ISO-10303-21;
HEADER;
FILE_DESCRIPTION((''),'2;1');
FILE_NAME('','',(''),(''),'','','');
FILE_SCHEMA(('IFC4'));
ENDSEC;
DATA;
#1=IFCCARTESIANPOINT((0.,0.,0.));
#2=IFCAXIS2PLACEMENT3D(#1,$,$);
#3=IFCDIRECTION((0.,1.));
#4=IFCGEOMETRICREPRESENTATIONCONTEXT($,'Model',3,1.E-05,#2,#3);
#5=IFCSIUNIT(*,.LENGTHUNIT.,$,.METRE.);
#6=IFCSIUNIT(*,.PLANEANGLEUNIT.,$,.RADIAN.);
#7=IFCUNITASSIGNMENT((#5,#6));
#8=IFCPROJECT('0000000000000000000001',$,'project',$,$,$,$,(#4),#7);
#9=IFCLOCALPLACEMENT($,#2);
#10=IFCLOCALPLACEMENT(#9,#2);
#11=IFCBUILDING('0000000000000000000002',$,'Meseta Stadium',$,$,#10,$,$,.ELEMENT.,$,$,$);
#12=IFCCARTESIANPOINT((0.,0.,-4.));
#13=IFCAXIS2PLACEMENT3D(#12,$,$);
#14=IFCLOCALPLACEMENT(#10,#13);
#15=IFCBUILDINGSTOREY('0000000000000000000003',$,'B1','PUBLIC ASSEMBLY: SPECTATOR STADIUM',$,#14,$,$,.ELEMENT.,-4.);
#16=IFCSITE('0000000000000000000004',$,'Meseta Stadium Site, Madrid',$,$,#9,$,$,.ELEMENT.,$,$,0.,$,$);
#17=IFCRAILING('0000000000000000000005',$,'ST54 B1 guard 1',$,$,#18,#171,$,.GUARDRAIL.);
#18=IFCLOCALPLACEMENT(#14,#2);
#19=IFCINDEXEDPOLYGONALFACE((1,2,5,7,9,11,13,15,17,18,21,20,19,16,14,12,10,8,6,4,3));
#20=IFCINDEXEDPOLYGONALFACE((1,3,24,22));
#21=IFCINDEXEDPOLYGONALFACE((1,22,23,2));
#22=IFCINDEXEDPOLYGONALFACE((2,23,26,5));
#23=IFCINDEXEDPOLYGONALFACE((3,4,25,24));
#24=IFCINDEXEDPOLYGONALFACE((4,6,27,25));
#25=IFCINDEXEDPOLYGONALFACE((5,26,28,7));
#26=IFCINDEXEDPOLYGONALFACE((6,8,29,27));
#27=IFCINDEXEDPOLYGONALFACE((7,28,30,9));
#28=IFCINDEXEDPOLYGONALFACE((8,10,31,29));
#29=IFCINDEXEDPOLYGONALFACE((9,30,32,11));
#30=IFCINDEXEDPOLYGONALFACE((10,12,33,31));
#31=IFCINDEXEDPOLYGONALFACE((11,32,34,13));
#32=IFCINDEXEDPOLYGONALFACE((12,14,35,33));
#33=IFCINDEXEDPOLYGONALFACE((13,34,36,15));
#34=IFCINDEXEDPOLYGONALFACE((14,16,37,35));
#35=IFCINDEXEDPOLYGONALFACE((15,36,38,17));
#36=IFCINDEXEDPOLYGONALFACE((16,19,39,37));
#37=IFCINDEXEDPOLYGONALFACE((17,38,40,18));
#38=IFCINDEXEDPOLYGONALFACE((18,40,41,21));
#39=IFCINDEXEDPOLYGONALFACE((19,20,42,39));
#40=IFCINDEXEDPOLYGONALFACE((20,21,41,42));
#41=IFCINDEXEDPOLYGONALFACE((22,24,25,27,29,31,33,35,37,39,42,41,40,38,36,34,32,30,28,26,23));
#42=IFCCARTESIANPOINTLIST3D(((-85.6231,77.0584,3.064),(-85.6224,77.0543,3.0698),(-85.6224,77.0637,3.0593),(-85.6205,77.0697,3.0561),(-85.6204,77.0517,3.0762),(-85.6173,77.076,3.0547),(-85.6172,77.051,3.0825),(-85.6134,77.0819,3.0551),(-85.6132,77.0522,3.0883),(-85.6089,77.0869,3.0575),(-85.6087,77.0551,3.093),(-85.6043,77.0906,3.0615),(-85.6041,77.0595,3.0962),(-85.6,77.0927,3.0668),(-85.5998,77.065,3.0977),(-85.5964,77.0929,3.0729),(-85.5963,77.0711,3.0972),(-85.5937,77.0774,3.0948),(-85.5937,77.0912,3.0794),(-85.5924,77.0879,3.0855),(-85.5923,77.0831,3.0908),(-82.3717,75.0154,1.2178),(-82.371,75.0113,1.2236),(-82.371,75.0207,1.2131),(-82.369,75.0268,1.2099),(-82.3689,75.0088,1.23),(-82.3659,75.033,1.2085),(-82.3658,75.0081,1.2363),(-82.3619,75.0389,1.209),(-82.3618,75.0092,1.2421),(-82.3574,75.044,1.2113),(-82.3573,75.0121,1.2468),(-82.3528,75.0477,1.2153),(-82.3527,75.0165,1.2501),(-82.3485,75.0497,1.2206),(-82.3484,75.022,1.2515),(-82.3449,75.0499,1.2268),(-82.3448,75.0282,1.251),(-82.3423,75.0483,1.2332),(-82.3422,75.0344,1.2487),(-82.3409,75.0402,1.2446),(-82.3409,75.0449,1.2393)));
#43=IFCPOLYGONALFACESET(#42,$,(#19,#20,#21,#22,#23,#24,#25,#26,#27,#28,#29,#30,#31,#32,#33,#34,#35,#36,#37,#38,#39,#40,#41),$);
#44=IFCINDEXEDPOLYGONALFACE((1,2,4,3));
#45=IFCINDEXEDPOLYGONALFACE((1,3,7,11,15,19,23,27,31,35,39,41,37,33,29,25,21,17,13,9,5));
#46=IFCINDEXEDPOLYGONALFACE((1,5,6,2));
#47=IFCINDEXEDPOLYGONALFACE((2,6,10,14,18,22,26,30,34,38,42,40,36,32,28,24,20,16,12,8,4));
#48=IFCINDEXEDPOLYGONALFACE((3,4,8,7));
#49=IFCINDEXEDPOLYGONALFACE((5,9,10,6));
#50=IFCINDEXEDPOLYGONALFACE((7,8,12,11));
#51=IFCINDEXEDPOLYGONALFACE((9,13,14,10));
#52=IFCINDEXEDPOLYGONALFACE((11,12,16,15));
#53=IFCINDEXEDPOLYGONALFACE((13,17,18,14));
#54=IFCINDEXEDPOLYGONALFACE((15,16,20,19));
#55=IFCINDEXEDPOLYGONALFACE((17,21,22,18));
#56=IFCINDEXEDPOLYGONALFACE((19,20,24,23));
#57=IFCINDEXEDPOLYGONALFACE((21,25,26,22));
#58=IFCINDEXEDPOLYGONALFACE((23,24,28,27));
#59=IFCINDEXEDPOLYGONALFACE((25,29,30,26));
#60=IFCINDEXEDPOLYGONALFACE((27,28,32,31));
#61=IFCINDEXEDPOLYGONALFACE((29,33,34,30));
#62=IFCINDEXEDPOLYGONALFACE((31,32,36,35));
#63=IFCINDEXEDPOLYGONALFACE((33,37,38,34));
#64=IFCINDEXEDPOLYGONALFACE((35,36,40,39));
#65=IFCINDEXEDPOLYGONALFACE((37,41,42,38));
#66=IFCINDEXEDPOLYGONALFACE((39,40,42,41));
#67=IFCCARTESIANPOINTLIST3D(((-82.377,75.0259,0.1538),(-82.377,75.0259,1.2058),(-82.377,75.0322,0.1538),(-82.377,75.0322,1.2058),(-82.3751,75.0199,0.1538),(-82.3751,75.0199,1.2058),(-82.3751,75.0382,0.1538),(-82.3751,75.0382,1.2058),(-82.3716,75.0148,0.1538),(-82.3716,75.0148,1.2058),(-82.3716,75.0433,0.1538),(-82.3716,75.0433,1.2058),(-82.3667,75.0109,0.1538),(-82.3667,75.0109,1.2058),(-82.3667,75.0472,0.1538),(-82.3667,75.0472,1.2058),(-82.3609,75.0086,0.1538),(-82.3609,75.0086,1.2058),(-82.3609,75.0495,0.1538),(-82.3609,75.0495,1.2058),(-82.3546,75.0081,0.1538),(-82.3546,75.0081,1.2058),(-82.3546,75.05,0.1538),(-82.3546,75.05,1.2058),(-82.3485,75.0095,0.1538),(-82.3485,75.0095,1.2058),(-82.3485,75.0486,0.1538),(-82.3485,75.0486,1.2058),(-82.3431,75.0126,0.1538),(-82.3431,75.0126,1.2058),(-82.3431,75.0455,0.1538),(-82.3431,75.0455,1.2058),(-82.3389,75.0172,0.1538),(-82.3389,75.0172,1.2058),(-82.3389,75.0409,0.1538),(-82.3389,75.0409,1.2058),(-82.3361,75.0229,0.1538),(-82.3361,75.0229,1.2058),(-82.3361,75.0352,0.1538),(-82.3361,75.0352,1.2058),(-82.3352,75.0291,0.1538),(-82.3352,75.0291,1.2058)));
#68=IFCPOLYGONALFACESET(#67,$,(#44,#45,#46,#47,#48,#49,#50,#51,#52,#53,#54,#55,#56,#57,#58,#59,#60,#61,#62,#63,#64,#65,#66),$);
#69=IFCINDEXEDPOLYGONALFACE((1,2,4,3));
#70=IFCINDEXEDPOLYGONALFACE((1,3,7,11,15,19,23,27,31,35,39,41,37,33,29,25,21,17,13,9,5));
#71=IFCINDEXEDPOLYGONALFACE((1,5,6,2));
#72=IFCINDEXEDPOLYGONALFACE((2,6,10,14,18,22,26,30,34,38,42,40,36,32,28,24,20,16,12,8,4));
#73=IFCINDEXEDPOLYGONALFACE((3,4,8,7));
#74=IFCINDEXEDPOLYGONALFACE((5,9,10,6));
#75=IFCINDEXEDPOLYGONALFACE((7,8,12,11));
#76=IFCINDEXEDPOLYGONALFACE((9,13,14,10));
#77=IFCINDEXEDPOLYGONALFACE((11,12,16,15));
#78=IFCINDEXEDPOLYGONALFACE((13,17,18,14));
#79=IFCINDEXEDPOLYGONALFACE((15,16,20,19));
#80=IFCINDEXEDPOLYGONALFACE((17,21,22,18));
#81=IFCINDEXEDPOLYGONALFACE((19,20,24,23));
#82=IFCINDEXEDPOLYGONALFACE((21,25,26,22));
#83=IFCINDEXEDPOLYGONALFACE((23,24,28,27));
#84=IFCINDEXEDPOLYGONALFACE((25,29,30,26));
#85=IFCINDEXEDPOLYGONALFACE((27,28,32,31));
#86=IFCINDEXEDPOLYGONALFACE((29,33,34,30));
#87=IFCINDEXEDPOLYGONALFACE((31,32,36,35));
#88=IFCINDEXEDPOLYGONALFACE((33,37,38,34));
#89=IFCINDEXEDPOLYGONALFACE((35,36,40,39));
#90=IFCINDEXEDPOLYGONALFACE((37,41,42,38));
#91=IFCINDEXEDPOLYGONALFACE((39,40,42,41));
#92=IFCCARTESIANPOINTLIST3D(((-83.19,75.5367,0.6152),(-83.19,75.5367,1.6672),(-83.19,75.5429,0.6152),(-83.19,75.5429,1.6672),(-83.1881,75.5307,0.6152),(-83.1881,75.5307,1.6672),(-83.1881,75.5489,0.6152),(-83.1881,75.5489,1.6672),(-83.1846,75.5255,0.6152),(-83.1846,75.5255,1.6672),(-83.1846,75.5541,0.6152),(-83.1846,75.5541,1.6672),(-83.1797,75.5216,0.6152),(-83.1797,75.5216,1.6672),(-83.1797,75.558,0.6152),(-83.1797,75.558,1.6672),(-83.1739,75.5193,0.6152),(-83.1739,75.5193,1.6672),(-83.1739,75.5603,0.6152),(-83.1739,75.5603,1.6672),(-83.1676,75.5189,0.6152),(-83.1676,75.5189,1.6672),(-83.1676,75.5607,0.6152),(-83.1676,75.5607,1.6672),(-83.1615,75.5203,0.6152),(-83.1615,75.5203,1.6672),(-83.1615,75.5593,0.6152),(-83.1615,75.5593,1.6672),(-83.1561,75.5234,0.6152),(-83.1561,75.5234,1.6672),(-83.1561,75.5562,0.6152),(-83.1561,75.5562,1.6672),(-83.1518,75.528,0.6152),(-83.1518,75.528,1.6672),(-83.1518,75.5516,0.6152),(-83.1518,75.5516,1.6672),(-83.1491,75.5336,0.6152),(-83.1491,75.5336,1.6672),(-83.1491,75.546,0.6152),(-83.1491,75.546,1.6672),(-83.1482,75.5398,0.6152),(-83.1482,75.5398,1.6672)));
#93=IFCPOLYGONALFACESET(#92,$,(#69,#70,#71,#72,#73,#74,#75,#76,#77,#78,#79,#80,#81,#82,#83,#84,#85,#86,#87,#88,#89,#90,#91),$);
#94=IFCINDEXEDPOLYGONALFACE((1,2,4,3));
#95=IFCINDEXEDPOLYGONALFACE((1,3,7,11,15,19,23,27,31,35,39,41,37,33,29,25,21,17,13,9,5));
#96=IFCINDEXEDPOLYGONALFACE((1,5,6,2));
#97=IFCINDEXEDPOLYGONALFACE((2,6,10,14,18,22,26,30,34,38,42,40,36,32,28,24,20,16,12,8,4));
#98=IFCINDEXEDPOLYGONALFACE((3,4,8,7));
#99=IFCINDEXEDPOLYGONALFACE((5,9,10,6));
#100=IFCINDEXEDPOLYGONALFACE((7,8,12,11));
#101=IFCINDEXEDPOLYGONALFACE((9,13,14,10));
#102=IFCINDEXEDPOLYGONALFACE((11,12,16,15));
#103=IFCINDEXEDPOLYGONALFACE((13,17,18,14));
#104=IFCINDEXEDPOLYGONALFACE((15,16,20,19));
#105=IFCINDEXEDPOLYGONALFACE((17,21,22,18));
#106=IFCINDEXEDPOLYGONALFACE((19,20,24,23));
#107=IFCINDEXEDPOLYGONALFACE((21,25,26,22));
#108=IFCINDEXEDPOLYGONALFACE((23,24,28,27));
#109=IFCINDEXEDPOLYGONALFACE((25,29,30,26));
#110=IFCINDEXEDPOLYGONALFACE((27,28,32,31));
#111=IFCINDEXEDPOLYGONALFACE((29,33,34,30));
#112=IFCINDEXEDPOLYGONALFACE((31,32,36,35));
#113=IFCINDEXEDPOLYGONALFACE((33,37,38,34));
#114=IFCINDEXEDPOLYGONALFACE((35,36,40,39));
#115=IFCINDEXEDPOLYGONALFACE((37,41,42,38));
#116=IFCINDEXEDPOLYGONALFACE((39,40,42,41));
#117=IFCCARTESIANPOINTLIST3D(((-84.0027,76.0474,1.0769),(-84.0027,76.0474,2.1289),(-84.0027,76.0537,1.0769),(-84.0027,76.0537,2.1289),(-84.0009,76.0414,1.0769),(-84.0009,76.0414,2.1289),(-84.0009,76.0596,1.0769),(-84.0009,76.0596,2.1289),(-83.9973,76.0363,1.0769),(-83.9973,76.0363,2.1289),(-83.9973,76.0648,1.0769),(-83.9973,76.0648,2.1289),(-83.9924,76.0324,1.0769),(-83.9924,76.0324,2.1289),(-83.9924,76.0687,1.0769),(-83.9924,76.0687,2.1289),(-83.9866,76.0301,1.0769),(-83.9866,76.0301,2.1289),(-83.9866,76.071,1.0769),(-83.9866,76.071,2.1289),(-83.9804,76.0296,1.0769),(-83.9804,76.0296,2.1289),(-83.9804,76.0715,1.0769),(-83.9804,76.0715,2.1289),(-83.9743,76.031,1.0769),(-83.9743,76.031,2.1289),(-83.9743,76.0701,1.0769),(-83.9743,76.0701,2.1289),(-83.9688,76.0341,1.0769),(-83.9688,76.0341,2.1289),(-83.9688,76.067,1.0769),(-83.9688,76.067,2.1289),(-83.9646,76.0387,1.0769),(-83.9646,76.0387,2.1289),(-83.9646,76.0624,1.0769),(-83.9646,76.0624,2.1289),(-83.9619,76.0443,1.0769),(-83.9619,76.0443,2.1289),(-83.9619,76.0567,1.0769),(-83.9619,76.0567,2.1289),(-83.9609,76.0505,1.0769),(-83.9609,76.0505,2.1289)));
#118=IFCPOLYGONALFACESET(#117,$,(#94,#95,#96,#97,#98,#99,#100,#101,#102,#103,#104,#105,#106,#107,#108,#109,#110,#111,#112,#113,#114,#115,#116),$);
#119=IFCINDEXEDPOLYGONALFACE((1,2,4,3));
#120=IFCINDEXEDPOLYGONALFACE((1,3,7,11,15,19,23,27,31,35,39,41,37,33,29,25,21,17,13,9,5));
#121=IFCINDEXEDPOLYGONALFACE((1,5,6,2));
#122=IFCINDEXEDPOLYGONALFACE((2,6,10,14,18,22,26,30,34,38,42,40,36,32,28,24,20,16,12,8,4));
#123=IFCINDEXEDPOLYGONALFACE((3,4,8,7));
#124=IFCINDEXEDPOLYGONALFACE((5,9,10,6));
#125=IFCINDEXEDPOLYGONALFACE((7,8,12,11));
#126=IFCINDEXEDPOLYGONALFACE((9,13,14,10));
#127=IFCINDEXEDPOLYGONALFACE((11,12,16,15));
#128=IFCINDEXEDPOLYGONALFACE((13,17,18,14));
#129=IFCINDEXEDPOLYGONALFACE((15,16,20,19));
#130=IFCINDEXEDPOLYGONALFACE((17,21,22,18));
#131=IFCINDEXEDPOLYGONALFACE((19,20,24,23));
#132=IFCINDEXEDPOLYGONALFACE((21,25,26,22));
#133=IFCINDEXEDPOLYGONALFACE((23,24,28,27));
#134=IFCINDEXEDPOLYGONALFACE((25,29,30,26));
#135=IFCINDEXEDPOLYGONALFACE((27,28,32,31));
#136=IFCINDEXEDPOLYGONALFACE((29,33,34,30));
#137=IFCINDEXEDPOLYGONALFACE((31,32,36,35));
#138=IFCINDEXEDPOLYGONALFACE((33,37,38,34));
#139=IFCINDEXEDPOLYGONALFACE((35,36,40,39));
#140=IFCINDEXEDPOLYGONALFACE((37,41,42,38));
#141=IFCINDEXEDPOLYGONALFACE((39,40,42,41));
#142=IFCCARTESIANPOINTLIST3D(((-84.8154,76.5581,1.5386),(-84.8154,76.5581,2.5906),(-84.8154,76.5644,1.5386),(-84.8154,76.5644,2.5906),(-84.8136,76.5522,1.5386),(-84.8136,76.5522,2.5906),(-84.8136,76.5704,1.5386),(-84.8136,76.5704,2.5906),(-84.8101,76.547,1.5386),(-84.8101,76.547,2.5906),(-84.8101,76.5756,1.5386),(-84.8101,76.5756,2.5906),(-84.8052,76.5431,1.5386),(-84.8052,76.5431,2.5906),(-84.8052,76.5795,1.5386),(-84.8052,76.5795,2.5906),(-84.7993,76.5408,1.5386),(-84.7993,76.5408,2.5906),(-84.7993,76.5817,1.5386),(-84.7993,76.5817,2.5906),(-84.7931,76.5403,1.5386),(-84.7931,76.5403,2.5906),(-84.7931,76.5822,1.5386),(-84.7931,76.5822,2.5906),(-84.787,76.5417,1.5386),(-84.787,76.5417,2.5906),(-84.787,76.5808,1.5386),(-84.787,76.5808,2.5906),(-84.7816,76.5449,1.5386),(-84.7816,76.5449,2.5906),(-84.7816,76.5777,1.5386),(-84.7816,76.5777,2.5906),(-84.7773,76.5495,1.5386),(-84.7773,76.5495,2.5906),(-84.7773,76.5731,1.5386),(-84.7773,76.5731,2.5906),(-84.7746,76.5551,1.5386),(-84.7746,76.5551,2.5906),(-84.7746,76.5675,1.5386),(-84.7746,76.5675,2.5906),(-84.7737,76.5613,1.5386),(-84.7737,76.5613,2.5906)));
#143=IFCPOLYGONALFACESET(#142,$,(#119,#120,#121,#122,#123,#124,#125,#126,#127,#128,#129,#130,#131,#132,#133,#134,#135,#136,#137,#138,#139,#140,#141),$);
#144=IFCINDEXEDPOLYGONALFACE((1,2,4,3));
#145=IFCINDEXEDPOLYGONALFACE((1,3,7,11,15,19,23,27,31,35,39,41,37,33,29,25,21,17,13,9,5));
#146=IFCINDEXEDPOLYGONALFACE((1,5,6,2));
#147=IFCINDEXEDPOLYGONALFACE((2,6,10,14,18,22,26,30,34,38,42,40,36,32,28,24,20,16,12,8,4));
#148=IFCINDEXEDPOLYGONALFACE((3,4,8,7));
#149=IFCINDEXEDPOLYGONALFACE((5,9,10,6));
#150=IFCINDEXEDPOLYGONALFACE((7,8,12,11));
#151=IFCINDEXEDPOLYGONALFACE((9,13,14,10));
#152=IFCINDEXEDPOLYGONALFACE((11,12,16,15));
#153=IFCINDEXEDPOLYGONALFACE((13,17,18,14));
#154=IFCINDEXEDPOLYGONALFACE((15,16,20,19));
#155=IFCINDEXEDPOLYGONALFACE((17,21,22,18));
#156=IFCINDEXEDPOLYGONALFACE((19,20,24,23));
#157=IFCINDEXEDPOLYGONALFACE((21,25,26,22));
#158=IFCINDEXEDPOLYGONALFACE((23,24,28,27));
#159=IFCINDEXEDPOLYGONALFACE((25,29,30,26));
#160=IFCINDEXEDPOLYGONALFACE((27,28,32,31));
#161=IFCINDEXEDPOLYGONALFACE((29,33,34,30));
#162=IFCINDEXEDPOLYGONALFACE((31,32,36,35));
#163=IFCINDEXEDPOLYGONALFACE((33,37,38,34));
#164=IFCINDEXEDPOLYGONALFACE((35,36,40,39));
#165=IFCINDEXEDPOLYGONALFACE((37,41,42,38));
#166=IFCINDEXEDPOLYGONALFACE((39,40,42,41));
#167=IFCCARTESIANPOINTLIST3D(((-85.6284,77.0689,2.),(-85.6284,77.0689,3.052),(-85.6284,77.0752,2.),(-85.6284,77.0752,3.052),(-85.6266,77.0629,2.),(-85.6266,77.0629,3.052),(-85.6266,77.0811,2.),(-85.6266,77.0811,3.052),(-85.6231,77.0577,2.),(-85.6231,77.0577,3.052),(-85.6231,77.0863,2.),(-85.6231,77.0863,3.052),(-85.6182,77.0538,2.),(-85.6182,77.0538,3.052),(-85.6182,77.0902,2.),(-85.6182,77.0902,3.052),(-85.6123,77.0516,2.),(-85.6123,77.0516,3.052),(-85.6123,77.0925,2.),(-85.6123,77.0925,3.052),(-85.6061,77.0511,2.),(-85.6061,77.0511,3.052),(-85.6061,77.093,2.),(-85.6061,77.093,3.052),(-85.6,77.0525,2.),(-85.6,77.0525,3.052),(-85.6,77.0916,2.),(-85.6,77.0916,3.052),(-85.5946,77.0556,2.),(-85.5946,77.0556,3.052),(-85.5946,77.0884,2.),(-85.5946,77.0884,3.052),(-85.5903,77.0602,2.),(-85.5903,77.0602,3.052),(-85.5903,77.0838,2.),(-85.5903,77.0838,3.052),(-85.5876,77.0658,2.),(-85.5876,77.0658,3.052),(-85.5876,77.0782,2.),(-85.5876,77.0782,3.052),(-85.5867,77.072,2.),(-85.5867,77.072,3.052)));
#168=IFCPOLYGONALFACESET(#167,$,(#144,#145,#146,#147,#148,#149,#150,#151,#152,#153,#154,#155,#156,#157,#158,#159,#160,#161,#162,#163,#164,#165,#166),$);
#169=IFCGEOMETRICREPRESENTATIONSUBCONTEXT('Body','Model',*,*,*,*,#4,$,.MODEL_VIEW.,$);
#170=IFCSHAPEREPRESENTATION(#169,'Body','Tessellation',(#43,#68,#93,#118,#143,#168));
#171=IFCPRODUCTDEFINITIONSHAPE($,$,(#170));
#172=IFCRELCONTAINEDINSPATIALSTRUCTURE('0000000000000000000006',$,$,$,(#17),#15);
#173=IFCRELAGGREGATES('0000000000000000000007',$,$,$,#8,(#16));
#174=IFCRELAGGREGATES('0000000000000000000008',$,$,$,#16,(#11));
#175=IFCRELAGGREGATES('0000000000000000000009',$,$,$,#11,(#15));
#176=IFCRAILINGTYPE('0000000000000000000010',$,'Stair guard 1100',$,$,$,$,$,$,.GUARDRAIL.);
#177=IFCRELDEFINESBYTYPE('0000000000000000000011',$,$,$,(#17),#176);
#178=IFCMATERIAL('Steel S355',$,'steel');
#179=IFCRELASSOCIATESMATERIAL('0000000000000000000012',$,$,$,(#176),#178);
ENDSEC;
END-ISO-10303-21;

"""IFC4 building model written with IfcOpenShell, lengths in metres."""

from ifc_helpers import new_model, si_unit, direction, frame, origin, origin_2d, place, context, subcontext, project, spatial, circle, extrude, material, type_object, element, save


model = new_model("IFC4")

# Units and contexts
model_context = context("Model", 3, precision=1e-05, world=origin(), true_north=direction((0.0, 1.0)))
body_context = subcontext(model_context, "Body", "Model", "MODEL_VIEW")
ifc_project = project(units=[si_unit("LENGTHUNIT", "METRE"), si_unit("PLANEANGLEUNIT", "RADIAN")], contexts=[model_context])

# Site, building, storey
site_placement = place(None, origin())
site = spatial("IfcSite", under=ifc_project, at=site_placement, Name="Meseta Stadium Site, Madrid", CompositionType="ELEMENT", RefElevation=0.0)
building_placement = place(site_placement, origin())
building = spatial("IfcBuilding", under=site, at=building_placement, Name="Meseta Stadium", CompositionType="ELEMENT")
storey_placement = place(building_placement, frame((0.0, 0.0, -4.0)))
storey = spatial("IfcBuildingStorey", under=building, at=storey_placement, Name="B1", Description="PUBLIC ASSEMBLY: SPECTATOR STADIUM", CompositionType="ELEMENT", Elevation=-4.0)

# Railing
ifc_material_1 = material(Name="Steel S355", Category="steel")
railing_type_1 = type_object("IfcRailingType", Name="Stair guard 1100", PredefinedType="GUARDRAIL", material=ifc_material_1)
railing_1_placement = place(storey_placement, frame((-82.3562, 75.0291, 0.1538)))
element("IfcRailing", 1, at=railing_1_placement, inside=storey, type_object=railing_type_1, Name="ST54 B1 guard 1", PredefinedType="GUARDRAIL", context=body_context, shape_type="SweptSolid", body=[
    extrude(circle(Radius=0.0239, at=origin_2d()), frame((0.0, 0.0, 1.0762), z_axis=(-0.763117, 0.479483, 0.4333), x_axis=(-0.53202, -0.846731, 0.0)), (0.0, 0.0, 1.0), 4.2607),
    extrude(circle(Radius=0.021, at=origin_2d()), origin(), (0.0, 0.0, 1.0), 1.052),
    extrude(circle(Radius=0.021, at=origin_2d()), frame((-0.813, 0.5107, 0.4614)), (0.0, 0.0, 1.0), 1.052),
    extrude(circle(Radius=0.021, at=origin_2d()), frame((-1.6257, 1.0215, 0.9231)), (0.0, 0.0, 1.0), 1.052),
    extrude(circle(Radius=0.021, at=origin_2d()), frame((-2.4385, 1.5322, 1.3848)), (0.0, 0.0, 1.0), 1.052),
    extrude(circle(Radius=0.021, at=origin_2d()), frame((-3.2515, 2.043, 1.8462)), (0.0, 0.0, 1.0), 1.052),
])

save(model, "model.ifc")
